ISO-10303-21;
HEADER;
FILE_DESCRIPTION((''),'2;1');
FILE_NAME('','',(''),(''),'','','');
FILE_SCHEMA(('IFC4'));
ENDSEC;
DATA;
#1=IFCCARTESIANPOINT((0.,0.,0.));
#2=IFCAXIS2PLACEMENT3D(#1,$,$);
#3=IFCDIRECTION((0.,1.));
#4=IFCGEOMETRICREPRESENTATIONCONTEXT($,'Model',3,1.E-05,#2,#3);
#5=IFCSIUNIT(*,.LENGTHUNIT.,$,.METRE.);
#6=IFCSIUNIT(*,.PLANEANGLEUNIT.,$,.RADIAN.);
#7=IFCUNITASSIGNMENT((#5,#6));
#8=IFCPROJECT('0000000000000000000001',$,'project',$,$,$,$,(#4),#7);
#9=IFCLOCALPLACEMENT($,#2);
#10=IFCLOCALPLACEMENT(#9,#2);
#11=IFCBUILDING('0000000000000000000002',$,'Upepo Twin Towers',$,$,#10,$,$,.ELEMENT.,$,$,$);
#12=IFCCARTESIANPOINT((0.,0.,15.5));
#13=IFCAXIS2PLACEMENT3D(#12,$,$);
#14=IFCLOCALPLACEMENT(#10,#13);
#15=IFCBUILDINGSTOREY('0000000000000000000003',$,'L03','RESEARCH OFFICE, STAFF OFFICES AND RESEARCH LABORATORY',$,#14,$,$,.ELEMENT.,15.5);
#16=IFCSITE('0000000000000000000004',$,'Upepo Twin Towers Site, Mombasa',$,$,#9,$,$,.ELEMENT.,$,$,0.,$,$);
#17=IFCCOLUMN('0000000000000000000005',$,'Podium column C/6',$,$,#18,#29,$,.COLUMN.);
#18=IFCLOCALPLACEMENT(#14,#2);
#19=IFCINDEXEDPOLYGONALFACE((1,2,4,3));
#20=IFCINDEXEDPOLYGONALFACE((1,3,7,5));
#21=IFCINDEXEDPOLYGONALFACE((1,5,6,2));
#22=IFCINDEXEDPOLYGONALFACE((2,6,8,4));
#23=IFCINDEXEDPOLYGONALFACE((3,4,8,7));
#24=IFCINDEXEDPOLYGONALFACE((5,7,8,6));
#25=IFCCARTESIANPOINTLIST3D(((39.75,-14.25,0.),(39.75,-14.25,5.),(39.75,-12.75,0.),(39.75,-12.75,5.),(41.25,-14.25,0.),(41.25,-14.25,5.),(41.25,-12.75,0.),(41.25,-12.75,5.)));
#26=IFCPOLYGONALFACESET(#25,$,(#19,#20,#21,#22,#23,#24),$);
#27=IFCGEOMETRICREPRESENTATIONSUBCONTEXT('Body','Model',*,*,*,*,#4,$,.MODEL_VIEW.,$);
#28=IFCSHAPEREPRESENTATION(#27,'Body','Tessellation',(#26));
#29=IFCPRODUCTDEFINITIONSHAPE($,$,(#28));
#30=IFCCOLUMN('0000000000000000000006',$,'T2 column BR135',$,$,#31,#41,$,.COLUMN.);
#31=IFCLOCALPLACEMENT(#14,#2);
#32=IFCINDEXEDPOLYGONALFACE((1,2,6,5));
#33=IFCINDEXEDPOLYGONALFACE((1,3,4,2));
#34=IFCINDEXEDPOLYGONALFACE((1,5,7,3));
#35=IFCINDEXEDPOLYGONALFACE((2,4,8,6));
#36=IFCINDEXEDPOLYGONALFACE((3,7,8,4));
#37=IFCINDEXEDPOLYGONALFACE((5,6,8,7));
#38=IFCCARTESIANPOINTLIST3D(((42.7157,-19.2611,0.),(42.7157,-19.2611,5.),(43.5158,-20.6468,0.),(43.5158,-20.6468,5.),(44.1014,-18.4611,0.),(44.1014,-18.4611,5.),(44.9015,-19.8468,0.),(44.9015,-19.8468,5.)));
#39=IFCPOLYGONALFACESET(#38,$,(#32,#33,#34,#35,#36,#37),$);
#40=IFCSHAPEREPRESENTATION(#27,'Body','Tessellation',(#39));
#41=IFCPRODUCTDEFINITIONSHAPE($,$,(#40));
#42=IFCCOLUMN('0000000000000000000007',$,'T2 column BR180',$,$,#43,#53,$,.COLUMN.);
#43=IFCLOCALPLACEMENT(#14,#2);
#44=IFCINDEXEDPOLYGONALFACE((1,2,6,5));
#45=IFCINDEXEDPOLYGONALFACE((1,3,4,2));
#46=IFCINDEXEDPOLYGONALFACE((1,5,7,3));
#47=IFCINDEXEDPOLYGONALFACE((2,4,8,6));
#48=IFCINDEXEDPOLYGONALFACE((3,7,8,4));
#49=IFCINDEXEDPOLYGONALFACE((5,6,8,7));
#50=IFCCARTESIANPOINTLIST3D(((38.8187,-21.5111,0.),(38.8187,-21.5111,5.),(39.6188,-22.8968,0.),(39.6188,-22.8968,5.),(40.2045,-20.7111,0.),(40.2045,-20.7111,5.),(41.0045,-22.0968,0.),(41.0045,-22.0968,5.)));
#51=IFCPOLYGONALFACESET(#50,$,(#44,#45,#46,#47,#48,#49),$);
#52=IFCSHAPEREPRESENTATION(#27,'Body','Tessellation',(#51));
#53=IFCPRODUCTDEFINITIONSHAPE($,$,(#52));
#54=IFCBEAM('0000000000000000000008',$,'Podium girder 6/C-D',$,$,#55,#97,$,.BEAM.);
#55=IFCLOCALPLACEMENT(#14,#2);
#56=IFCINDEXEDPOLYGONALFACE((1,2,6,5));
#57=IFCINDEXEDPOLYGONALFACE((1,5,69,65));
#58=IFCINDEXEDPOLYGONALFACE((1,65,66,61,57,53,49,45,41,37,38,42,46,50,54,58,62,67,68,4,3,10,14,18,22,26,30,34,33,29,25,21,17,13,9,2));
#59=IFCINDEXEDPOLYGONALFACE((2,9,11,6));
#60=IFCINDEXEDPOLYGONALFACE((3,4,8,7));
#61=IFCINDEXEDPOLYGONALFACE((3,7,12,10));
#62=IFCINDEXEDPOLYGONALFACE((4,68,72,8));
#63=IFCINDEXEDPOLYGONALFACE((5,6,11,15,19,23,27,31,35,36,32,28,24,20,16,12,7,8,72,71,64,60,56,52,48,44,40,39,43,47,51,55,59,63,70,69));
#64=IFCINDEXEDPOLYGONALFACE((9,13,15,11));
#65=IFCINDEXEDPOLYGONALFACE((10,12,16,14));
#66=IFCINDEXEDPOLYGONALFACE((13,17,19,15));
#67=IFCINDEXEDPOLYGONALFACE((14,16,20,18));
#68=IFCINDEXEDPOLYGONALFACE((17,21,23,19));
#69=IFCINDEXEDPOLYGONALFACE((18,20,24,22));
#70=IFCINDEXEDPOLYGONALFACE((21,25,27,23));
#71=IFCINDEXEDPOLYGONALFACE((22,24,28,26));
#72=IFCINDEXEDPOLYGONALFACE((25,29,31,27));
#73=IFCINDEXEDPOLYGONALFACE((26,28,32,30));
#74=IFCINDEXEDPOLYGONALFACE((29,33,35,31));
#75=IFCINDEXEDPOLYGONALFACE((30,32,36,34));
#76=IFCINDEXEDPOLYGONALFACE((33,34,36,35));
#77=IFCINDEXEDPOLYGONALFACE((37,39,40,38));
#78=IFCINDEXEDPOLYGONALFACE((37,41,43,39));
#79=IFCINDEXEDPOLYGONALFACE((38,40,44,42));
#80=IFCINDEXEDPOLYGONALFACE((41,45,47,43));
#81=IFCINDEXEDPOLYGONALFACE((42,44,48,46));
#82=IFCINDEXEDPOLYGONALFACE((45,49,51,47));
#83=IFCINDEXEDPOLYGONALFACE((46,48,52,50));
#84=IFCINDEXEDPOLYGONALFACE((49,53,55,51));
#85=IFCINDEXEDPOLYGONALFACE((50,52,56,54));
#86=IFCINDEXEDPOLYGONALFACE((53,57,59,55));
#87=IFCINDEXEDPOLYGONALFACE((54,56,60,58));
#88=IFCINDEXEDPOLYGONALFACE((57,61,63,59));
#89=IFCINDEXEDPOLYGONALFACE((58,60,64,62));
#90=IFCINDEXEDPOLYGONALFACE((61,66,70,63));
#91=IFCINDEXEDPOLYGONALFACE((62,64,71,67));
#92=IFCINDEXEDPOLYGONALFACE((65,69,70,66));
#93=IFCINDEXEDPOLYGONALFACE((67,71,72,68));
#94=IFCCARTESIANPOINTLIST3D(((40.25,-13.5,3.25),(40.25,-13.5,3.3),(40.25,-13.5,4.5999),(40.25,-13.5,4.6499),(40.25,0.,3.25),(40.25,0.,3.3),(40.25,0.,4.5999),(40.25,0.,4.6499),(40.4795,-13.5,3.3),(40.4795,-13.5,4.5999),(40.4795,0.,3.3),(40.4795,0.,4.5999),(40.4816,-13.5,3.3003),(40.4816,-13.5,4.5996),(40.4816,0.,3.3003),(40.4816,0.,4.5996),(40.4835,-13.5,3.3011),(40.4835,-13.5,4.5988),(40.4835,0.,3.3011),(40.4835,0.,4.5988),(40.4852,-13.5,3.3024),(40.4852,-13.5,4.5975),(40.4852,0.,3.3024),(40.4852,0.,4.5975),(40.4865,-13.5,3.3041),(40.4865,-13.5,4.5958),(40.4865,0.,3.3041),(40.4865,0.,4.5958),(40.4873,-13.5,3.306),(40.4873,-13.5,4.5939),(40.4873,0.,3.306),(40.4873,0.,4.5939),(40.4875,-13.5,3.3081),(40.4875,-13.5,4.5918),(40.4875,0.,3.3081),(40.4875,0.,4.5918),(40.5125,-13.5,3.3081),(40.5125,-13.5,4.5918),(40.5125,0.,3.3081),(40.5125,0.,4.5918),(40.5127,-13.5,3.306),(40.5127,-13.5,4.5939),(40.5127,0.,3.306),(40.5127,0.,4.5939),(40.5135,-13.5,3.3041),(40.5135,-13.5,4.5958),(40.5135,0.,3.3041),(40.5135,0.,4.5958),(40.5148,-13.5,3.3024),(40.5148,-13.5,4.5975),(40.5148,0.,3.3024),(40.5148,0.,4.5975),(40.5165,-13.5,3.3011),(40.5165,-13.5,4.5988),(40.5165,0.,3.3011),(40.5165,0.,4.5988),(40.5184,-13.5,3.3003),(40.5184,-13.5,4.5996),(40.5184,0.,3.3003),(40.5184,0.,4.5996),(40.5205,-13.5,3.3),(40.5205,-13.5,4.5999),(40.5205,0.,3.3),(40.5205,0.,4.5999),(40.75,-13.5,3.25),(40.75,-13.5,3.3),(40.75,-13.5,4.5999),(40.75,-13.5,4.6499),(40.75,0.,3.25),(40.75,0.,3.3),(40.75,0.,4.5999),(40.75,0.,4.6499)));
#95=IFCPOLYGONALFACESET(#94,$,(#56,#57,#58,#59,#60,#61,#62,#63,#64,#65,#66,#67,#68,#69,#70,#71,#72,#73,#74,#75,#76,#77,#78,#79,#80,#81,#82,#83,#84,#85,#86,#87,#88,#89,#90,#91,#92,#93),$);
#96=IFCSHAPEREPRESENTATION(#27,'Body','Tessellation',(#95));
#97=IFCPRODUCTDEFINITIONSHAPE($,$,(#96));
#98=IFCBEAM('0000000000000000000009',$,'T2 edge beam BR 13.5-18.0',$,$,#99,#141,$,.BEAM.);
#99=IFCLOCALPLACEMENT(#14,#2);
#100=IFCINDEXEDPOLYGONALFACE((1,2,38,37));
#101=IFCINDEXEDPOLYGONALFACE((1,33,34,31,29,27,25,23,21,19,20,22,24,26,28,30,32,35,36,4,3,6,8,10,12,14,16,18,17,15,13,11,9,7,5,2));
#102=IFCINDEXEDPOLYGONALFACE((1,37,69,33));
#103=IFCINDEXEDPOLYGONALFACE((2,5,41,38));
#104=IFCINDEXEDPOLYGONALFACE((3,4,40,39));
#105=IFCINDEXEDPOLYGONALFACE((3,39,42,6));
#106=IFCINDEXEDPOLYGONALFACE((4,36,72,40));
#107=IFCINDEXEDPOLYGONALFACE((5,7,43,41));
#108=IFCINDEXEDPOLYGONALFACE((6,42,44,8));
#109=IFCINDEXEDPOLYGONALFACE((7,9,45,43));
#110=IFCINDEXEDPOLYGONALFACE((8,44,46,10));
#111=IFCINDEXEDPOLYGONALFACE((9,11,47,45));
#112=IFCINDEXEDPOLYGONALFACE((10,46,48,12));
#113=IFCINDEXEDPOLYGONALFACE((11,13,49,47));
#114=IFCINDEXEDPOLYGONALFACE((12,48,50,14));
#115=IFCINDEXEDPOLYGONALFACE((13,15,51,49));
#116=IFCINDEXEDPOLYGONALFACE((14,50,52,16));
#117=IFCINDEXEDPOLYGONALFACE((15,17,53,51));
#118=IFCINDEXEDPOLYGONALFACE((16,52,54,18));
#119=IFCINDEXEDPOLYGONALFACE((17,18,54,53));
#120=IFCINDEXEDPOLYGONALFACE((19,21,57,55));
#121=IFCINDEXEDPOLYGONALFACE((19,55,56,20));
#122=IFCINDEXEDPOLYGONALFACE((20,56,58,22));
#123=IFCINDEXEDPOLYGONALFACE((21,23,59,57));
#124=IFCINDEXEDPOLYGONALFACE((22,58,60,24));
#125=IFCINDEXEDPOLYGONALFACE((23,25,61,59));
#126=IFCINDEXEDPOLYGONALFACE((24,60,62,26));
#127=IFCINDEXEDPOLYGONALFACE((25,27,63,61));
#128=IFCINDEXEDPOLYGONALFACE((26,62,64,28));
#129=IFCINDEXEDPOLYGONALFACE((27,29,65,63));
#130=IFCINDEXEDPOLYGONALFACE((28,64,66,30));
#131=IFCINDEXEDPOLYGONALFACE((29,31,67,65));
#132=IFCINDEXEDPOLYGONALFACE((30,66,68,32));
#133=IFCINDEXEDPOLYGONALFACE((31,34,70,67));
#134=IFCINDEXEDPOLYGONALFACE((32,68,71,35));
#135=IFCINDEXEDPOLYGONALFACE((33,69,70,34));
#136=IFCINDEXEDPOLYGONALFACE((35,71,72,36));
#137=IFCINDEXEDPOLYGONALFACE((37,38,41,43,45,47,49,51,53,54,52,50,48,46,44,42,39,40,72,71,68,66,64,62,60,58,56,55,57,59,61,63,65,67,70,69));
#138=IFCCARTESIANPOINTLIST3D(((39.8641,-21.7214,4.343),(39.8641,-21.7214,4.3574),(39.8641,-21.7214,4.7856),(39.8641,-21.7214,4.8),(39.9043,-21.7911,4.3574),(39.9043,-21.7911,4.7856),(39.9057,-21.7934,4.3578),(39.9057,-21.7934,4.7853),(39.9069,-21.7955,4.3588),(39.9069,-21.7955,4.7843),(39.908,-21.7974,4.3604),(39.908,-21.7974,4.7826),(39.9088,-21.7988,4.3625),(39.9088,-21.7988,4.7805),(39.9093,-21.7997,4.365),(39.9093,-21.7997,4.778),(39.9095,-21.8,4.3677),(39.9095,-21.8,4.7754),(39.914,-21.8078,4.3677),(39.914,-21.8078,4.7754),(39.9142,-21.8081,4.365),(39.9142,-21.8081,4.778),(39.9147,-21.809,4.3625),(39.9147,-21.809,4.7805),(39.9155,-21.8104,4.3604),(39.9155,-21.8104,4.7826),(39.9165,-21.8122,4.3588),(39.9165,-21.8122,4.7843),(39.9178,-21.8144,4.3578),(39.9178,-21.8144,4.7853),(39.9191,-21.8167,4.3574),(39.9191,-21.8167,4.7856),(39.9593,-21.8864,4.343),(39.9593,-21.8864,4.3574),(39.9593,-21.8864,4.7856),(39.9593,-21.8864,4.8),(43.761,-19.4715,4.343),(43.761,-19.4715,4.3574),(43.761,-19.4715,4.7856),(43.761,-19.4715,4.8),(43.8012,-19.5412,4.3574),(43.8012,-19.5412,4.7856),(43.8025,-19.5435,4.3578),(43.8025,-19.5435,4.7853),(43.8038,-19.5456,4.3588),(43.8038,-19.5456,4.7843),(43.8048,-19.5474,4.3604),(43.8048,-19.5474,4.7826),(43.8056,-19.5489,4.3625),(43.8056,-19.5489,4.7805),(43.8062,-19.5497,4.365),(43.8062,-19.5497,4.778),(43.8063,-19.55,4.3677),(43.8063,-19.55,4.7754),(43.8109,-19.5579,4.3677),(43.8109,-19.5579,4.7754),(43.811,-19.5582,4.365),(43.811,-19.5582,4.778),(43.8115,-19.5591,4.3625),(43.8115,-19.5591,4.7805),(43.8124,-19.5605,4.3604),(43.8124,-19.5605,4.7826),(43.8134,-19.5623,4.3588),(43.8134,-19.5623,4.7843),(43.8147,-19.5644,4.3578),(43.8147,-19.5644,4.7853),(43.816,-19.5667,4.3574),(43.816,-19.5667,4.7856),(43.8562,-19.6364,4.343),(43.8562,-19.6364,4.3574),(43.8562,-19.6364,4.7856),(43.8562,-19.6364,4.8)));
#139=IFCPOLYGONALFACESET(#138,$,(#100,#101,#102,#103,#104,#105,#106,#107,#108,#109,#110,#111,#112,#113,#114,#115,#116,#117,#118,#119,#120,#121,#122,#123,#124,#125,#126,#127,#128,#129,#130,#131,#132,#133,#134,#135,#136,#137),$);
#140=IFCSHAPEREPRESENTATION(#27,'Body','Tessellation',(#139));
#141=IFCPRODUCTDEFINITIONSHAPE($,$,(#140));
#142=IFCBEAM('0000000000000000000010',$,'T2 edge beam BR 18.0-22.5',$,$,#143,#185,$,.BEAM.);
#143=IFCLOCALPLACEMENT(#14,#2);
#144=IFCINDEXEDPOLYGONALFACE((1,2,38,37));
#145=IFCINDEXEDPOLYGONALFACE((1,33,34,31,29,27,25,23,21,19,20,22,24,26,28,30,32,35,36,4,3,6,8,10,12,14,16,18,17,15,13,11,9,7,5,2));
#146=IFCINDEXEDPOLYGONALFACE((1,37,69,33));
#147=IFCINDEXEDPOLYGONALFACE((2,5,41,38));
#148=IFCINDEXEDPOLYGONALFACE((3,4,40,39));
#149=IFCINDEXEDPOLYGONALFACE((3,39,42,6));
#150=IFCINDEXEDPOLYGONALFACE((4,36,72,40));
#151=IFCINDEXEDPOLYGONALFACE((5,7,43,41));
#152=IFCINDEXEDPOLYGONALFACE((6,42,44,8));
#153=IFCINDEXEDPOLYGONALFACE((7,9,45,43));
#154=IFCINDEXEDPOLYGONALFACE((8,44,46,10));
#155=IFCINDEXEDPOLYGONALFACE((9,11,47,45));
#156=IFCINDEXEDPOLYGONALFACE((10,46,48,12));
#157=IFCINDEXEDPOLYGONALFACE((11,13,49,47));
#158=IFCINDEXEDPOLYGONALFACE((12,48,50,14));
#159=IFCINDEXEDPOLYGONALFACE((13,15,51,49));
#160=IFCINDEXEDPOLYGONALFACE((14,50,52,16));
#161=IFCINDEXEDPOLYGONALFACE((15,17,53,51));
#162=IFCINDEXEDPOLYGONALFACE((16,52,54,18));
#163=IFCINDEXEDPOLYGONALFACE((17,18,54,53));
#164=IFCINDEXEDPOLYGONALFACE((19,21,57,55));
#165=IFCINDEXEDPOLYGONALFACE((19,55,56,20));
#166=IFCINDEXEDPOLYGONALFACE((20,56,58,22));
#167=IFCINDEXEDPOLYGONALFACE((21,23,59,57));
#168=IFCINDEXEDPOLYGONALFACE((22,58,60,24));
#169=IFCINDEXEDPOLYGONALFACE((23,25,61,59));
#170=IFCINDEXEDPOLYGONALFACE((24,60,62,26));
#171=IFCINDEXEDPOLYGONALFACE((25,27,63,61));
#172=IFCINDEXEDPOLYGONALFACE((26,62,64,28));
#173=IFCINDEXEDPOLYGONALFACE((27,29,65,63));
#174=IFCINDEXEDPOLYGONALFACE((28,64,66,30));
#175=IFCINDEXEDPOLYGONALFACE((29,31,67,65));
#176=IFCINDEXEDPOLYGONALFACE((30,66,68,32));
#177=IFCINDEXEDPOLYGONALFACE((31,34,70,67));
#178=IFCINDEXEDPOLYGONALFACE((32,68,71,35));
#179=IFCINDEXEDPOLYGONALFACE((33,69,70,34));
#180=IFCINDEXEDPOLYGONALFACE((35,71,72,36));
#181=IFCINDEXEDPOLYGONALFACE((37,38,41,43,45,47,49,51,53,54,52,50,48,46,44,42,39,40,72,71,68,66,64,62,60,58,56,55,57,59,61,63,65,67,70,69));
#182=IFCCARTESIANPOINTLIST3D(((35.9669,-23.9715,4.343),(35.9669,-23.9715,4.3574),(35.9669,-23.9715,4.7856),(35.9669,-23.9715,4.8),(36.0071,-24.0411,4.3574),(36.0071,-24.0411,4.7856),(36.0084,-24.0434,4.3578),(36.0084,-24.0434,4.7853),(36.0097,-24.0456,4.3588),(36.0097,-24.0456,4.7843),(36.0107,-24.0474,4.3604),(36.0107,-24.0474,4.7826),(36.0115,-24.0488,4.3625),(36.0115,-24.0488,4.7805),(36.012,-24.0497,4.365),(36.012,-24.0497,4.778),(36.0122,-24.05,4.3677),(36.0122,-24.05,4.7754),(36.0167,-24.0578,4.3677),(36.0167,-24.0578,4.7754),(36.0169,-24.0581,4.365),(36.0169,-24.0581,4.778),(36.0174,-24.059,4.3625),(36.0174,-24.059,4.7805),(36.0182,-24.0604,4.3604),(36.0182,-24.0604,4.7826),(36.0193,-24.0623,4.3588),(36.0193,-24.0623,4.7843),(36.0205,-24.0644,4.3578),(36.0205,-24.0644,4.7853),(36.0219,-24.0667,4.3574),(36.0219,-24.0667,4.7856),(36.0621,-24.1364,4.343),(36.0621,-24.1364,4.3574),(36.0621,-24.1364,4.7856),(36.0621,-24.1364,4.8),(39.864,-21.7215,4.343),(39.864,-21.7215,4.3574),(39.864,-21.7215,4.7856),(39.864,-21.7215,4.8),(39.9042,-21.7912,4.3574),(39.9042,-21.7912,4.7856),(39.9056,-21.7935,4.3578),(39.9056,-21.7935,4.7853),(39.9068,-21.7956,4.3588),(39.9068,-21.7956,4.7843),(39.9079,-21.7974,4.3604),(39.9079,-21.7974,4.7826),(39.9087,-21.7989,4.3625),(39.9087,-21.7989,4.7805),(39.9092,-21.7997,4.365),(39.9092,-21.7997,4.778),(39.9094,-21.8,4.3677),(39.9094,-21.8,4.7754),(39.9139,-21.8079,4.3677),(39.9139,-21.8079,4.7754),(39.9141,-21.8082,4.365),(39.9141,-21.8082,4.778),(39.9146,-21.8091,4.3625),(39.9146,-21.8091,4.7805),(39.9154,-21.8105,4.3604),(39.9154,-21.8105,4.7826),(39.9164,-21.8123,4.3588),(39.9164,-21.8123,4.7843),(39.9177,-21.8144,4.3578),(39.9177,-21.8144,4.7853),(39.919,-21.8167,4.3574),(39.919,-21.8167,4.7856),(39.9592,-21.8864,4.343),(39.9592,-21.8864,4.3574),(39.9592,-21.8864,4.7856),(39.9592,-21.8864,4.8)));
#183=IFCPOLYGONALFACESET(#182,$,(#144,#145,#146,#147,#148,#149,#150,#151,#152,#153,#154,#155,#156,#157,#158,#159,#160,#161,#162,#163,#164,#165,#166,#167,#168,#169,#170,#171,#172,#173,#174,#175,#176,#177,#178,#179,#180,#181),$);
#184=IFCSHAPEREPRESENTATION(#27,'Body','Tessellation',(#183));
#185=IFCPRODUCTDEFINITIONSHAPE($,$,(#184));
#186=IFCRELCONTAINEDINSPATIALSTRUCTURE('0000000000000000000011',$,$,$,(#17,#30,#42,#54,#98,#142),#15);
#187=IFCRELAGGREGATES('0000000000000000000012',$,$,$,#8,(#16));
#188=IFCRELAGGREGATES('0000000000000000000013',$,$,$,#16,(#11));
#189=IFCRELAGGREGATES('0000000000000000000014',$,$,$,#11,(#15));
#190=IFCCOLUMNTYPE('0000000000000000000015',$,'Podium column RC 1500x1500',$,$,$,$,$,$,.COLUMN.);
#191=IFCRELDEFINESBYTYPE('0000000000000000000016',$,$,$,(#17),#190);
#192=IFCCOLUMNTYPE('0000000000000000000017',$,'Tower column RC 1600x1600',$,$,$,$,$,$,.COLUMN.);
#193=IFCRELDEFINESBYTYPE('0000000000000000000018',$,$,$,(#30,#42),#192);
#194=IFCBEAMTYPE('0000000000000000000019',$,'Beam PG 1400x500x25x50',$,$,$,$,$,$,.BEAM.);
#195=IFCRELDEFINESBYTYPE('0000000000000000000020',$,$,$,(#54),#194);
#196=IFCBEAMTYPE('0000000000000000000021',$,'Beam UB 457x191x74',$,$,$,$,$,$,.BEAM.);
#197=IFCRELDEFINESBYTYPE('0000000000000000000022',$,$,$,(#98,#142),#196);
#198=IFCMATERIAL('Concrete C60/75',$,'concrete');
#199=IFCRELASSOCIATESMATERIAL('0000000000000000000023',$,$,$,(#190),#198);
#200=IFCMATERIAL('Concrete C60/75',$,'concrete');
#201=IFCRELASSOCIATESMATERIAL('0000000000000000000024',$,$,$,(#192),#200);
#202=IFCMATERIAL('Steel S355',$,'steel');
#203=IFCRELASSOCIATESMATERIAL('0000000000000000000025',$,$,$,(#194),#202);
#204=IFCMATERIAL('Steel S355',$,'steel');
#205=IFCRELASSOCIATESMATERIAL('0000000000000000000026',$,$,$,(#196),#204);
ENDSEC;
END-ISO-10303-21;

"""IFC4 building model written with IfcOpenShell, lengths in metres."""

from ifc_helpers import new_model, si_unit, direction, frame, origin, origin_2d, place, context, subcontext, project, spatial, rectangle, i_section, extrude, material, material_profile, profile_set, type_object, element, save


model = new_model("IFC4")

# Units and contexts
model_context = context("Model", 3, precision=1e-05, world=origin(), true_north=direction((0.0, 1.0)))
body_context = subcontext(model_context, "Body", "Model", "MODEL_VIEW")
ifc_project = project(units=[si_unit("LENGTHUNIT", "METRE"), si_unit("PLANEANGLEUNIT", "RADIAN")], contexts=[model_context])

# Site, building, storey
site_placement = place(None, origin())
site = spatial("IfcSite", under=ifc_project, at=site_placement, Name="Upepo Twin Towers Site, Mombasa", CompositionType="ELEMENT", RefElevation=0.0)
building_placement = place(site_placement, origin())
building = spatial("IfcBuilding", under=site, at=building_placement, Name="Upepo Twin Towers", CompositionType="ELEMENT")
storey_placement = place(building_placement, frame((0.0, 0.0, 15.5)))
storey = spatial("IfcBuildingStorey", under=building, at=storey_placement, Name="L03", Description="RESEARCH OFFICE, STAFF OFFICES AND RESEARCH LABORATORY", CompositionType="ELEMENT", Elevation=15.5)

# Columns
ifc_material_1 = material(Name="Concrete C60/75", Category="concrete")
ifc_material_profile_1 = material_profile(ifc_material_1, rectangle(XDim=1.5, YDim=1.5, at=origin_2d()), Name="RC 1500x1500")
ifc_profile_set_1 = profile_set([ifc_material_profile_1], Name="Concrete C60/75")
column_type_1 = type_object("IfcColumnType", Name="Podium column RC 1500x1500", PredefinedType="COLUMN", material=ifc_profile_set_1)
column_placement = place(storey_placement, frame((40.5, -13.5, 0.0), z_axis=(0.0, 0.0, 1.0), x_axis=(1.0, 0.0, 0.0)))
element("IfcColumn", 1, at=column_placement, inside=storey, type_object=column_type_1, Name="Podium column C/6", PredefinedType="COLUMN", context=body_context, shape_type="SweptSolid", body=[
    extrude(rectangle(XDim=1.5, YDim=1.5, at=origin_2d()), origin(), (0.0, 0.0, 1.0), 5.0),
])
ifc_material_2 = material(Name="Concrete C60/75", Category="concrete")
ifc_material_profile_2 = material_profile(ifc_material_2, rectangle(XDim=1.6001, YDim=1.6001, at=origin_2d()), Name="RC 1600x1600")
ifc_profile_set_2 = profile_set([ifc_material_profile_2], Name="Concrete C60/75")
column_type_2 = type_object("IfcColumnType", Name="Tower column RC 1600x1600", PredefinedType="COLUMN", material=ifc_profile_set_2)
for number, where, z_axis, x_axis, name in (
    (2, (43.8086, -19.554, 0.0), (0.0, 0.0, 1.0), (0.866025, 0.5, 0.0), "T2 column BR135"),
    (3, (39.9116, -21.804, 0.0), (0.0, 0.0, 1.0), (0.866025, 0.5, 0.0), "T2 column BR180"),
):
    element("IfcColumn", number, at=place(storey_placement, frame(where, z_axis=z_axis, x_axis=x_axis)), inside=storey, type_object=column_type_2, Name=name, PredefinedType="COLUMN", context=body_context, shape_type="SweptSolid", body=[
        extrude(rectangle(XDim=1.6001, YDim=1.6001, at=origin_2d()), origin(), (0.0, 0.0, 1.0), 5.0),
    ])

# Beams
ifc_material_3 = material(Name="Steel S355", Category="steel")
ifc_material_profile_3 = material_profile(ifc_material_3, i_section(OverallWidth=0.5, OverallDepth=1.3999, WebThickness=0.0249, FlangeThickness=0.05, FilletRadius=0.0081, at=origin_2d()), Name="PG 1400x500x25x50")
ifc_profile_set_3 = profile_set([ifc_material_profile_3], Name="Steel S355")
beam_type_1 = type_object("IfcBeamType", Name="Beam PG 1400x500x25x50", PredefinedType="BEAM", material=ifc_profile_set_3)
beam_1_placement = place(storey_placement, frame((40.5, -13.5, 3.95), z_axis=(0.0, 1.0, 0.0), x_axis=(-1.0, 0.0, 0.0)))
element("IfcBeam", 4, at=beam_1_placement, inside=storey, type_object=beam_type_1, Name="Podium girder 6/C-D", PredefinedType="BEAM", context=body_context, shape_type="SweptSolid", body=[
    extrude(i_section(OverallWidth=0.5, OverallDepth=1.3999, WebThickness=0.0249, FlangeThickness=0.05, FilletRadius=0.0081, at=origin_2d()), origin(), (0.0, 0.0, 1.0), 13.5),
])
ifc_material_4 = material(Name="Steel S355", Category="steel")
ifc_material_profile_4 = material_profile(ifc_material_4, i_section(OverallWidth=0.1904, OverallDepth=0.457, WebThickness=0.009, FlangeThickness=0.0144, FilletRadius=0.0103, at=origin_2d()), Name="UB 457x191x74")
ifc_profile_set_4 = profile_set([ifc_material_profile_4], Name="Steel S355")
beam_type_2 = type_object("IfcBeamType", Name="Beam UB 457x191x74", PredefinedType="BEAM", material=ifc_profile_set_4)
beam_2_placement = place(storey_placement, frame((43.8086, -19.554, 4.5715), z_axis=(-0.866018, -0.500014, 0.0), x_axis=(0.500014, -0.866018, 0.0)))
element("IfcBeam", 5, at=beam_2_placement, inside=storey, type_object=beam_type_2, Name="T2 edge beam BR 13.5-18.0", PredefinedType="BEAM", context=body_context, shape_type="SweptSolid", body=[
    extrude(i_section(OverallWidth=0.1904, OverallDepth=0.457, WebThickness=0.009, FlangeThickness=0.0144, FilletRadius=0.0103, at=origin_2d()), origin(), (0.0, 0.0, 1.0), 4.4998),
])
beam_3_placement = place(storey_placement, frame((39.9116, -21.804, 4.5715), z_axis=(-0.866031, -0.49999, 0.0), x_axis=(0.49999, -0.866031, 0.0)))
element("IfcBeam", 6, at=beam_3_placement, inside=storey, type_object=beam_type_2, Name="T2 edge beam BR 18.0-22.5", PredefinedType="BEAM", context=body_context, shape_type="SweptSolid", body=[
    extrude(i_section(OverallWidth=0.1904, OverallDepth=0.457, WebThickness=0.009, FlangeThickness=0.0144, FilletRadius=0.0103, at=origin_2d()), origin(), (0.0, 0.0, 1.0), 4.5),
])

save(model, "model.ifc")
